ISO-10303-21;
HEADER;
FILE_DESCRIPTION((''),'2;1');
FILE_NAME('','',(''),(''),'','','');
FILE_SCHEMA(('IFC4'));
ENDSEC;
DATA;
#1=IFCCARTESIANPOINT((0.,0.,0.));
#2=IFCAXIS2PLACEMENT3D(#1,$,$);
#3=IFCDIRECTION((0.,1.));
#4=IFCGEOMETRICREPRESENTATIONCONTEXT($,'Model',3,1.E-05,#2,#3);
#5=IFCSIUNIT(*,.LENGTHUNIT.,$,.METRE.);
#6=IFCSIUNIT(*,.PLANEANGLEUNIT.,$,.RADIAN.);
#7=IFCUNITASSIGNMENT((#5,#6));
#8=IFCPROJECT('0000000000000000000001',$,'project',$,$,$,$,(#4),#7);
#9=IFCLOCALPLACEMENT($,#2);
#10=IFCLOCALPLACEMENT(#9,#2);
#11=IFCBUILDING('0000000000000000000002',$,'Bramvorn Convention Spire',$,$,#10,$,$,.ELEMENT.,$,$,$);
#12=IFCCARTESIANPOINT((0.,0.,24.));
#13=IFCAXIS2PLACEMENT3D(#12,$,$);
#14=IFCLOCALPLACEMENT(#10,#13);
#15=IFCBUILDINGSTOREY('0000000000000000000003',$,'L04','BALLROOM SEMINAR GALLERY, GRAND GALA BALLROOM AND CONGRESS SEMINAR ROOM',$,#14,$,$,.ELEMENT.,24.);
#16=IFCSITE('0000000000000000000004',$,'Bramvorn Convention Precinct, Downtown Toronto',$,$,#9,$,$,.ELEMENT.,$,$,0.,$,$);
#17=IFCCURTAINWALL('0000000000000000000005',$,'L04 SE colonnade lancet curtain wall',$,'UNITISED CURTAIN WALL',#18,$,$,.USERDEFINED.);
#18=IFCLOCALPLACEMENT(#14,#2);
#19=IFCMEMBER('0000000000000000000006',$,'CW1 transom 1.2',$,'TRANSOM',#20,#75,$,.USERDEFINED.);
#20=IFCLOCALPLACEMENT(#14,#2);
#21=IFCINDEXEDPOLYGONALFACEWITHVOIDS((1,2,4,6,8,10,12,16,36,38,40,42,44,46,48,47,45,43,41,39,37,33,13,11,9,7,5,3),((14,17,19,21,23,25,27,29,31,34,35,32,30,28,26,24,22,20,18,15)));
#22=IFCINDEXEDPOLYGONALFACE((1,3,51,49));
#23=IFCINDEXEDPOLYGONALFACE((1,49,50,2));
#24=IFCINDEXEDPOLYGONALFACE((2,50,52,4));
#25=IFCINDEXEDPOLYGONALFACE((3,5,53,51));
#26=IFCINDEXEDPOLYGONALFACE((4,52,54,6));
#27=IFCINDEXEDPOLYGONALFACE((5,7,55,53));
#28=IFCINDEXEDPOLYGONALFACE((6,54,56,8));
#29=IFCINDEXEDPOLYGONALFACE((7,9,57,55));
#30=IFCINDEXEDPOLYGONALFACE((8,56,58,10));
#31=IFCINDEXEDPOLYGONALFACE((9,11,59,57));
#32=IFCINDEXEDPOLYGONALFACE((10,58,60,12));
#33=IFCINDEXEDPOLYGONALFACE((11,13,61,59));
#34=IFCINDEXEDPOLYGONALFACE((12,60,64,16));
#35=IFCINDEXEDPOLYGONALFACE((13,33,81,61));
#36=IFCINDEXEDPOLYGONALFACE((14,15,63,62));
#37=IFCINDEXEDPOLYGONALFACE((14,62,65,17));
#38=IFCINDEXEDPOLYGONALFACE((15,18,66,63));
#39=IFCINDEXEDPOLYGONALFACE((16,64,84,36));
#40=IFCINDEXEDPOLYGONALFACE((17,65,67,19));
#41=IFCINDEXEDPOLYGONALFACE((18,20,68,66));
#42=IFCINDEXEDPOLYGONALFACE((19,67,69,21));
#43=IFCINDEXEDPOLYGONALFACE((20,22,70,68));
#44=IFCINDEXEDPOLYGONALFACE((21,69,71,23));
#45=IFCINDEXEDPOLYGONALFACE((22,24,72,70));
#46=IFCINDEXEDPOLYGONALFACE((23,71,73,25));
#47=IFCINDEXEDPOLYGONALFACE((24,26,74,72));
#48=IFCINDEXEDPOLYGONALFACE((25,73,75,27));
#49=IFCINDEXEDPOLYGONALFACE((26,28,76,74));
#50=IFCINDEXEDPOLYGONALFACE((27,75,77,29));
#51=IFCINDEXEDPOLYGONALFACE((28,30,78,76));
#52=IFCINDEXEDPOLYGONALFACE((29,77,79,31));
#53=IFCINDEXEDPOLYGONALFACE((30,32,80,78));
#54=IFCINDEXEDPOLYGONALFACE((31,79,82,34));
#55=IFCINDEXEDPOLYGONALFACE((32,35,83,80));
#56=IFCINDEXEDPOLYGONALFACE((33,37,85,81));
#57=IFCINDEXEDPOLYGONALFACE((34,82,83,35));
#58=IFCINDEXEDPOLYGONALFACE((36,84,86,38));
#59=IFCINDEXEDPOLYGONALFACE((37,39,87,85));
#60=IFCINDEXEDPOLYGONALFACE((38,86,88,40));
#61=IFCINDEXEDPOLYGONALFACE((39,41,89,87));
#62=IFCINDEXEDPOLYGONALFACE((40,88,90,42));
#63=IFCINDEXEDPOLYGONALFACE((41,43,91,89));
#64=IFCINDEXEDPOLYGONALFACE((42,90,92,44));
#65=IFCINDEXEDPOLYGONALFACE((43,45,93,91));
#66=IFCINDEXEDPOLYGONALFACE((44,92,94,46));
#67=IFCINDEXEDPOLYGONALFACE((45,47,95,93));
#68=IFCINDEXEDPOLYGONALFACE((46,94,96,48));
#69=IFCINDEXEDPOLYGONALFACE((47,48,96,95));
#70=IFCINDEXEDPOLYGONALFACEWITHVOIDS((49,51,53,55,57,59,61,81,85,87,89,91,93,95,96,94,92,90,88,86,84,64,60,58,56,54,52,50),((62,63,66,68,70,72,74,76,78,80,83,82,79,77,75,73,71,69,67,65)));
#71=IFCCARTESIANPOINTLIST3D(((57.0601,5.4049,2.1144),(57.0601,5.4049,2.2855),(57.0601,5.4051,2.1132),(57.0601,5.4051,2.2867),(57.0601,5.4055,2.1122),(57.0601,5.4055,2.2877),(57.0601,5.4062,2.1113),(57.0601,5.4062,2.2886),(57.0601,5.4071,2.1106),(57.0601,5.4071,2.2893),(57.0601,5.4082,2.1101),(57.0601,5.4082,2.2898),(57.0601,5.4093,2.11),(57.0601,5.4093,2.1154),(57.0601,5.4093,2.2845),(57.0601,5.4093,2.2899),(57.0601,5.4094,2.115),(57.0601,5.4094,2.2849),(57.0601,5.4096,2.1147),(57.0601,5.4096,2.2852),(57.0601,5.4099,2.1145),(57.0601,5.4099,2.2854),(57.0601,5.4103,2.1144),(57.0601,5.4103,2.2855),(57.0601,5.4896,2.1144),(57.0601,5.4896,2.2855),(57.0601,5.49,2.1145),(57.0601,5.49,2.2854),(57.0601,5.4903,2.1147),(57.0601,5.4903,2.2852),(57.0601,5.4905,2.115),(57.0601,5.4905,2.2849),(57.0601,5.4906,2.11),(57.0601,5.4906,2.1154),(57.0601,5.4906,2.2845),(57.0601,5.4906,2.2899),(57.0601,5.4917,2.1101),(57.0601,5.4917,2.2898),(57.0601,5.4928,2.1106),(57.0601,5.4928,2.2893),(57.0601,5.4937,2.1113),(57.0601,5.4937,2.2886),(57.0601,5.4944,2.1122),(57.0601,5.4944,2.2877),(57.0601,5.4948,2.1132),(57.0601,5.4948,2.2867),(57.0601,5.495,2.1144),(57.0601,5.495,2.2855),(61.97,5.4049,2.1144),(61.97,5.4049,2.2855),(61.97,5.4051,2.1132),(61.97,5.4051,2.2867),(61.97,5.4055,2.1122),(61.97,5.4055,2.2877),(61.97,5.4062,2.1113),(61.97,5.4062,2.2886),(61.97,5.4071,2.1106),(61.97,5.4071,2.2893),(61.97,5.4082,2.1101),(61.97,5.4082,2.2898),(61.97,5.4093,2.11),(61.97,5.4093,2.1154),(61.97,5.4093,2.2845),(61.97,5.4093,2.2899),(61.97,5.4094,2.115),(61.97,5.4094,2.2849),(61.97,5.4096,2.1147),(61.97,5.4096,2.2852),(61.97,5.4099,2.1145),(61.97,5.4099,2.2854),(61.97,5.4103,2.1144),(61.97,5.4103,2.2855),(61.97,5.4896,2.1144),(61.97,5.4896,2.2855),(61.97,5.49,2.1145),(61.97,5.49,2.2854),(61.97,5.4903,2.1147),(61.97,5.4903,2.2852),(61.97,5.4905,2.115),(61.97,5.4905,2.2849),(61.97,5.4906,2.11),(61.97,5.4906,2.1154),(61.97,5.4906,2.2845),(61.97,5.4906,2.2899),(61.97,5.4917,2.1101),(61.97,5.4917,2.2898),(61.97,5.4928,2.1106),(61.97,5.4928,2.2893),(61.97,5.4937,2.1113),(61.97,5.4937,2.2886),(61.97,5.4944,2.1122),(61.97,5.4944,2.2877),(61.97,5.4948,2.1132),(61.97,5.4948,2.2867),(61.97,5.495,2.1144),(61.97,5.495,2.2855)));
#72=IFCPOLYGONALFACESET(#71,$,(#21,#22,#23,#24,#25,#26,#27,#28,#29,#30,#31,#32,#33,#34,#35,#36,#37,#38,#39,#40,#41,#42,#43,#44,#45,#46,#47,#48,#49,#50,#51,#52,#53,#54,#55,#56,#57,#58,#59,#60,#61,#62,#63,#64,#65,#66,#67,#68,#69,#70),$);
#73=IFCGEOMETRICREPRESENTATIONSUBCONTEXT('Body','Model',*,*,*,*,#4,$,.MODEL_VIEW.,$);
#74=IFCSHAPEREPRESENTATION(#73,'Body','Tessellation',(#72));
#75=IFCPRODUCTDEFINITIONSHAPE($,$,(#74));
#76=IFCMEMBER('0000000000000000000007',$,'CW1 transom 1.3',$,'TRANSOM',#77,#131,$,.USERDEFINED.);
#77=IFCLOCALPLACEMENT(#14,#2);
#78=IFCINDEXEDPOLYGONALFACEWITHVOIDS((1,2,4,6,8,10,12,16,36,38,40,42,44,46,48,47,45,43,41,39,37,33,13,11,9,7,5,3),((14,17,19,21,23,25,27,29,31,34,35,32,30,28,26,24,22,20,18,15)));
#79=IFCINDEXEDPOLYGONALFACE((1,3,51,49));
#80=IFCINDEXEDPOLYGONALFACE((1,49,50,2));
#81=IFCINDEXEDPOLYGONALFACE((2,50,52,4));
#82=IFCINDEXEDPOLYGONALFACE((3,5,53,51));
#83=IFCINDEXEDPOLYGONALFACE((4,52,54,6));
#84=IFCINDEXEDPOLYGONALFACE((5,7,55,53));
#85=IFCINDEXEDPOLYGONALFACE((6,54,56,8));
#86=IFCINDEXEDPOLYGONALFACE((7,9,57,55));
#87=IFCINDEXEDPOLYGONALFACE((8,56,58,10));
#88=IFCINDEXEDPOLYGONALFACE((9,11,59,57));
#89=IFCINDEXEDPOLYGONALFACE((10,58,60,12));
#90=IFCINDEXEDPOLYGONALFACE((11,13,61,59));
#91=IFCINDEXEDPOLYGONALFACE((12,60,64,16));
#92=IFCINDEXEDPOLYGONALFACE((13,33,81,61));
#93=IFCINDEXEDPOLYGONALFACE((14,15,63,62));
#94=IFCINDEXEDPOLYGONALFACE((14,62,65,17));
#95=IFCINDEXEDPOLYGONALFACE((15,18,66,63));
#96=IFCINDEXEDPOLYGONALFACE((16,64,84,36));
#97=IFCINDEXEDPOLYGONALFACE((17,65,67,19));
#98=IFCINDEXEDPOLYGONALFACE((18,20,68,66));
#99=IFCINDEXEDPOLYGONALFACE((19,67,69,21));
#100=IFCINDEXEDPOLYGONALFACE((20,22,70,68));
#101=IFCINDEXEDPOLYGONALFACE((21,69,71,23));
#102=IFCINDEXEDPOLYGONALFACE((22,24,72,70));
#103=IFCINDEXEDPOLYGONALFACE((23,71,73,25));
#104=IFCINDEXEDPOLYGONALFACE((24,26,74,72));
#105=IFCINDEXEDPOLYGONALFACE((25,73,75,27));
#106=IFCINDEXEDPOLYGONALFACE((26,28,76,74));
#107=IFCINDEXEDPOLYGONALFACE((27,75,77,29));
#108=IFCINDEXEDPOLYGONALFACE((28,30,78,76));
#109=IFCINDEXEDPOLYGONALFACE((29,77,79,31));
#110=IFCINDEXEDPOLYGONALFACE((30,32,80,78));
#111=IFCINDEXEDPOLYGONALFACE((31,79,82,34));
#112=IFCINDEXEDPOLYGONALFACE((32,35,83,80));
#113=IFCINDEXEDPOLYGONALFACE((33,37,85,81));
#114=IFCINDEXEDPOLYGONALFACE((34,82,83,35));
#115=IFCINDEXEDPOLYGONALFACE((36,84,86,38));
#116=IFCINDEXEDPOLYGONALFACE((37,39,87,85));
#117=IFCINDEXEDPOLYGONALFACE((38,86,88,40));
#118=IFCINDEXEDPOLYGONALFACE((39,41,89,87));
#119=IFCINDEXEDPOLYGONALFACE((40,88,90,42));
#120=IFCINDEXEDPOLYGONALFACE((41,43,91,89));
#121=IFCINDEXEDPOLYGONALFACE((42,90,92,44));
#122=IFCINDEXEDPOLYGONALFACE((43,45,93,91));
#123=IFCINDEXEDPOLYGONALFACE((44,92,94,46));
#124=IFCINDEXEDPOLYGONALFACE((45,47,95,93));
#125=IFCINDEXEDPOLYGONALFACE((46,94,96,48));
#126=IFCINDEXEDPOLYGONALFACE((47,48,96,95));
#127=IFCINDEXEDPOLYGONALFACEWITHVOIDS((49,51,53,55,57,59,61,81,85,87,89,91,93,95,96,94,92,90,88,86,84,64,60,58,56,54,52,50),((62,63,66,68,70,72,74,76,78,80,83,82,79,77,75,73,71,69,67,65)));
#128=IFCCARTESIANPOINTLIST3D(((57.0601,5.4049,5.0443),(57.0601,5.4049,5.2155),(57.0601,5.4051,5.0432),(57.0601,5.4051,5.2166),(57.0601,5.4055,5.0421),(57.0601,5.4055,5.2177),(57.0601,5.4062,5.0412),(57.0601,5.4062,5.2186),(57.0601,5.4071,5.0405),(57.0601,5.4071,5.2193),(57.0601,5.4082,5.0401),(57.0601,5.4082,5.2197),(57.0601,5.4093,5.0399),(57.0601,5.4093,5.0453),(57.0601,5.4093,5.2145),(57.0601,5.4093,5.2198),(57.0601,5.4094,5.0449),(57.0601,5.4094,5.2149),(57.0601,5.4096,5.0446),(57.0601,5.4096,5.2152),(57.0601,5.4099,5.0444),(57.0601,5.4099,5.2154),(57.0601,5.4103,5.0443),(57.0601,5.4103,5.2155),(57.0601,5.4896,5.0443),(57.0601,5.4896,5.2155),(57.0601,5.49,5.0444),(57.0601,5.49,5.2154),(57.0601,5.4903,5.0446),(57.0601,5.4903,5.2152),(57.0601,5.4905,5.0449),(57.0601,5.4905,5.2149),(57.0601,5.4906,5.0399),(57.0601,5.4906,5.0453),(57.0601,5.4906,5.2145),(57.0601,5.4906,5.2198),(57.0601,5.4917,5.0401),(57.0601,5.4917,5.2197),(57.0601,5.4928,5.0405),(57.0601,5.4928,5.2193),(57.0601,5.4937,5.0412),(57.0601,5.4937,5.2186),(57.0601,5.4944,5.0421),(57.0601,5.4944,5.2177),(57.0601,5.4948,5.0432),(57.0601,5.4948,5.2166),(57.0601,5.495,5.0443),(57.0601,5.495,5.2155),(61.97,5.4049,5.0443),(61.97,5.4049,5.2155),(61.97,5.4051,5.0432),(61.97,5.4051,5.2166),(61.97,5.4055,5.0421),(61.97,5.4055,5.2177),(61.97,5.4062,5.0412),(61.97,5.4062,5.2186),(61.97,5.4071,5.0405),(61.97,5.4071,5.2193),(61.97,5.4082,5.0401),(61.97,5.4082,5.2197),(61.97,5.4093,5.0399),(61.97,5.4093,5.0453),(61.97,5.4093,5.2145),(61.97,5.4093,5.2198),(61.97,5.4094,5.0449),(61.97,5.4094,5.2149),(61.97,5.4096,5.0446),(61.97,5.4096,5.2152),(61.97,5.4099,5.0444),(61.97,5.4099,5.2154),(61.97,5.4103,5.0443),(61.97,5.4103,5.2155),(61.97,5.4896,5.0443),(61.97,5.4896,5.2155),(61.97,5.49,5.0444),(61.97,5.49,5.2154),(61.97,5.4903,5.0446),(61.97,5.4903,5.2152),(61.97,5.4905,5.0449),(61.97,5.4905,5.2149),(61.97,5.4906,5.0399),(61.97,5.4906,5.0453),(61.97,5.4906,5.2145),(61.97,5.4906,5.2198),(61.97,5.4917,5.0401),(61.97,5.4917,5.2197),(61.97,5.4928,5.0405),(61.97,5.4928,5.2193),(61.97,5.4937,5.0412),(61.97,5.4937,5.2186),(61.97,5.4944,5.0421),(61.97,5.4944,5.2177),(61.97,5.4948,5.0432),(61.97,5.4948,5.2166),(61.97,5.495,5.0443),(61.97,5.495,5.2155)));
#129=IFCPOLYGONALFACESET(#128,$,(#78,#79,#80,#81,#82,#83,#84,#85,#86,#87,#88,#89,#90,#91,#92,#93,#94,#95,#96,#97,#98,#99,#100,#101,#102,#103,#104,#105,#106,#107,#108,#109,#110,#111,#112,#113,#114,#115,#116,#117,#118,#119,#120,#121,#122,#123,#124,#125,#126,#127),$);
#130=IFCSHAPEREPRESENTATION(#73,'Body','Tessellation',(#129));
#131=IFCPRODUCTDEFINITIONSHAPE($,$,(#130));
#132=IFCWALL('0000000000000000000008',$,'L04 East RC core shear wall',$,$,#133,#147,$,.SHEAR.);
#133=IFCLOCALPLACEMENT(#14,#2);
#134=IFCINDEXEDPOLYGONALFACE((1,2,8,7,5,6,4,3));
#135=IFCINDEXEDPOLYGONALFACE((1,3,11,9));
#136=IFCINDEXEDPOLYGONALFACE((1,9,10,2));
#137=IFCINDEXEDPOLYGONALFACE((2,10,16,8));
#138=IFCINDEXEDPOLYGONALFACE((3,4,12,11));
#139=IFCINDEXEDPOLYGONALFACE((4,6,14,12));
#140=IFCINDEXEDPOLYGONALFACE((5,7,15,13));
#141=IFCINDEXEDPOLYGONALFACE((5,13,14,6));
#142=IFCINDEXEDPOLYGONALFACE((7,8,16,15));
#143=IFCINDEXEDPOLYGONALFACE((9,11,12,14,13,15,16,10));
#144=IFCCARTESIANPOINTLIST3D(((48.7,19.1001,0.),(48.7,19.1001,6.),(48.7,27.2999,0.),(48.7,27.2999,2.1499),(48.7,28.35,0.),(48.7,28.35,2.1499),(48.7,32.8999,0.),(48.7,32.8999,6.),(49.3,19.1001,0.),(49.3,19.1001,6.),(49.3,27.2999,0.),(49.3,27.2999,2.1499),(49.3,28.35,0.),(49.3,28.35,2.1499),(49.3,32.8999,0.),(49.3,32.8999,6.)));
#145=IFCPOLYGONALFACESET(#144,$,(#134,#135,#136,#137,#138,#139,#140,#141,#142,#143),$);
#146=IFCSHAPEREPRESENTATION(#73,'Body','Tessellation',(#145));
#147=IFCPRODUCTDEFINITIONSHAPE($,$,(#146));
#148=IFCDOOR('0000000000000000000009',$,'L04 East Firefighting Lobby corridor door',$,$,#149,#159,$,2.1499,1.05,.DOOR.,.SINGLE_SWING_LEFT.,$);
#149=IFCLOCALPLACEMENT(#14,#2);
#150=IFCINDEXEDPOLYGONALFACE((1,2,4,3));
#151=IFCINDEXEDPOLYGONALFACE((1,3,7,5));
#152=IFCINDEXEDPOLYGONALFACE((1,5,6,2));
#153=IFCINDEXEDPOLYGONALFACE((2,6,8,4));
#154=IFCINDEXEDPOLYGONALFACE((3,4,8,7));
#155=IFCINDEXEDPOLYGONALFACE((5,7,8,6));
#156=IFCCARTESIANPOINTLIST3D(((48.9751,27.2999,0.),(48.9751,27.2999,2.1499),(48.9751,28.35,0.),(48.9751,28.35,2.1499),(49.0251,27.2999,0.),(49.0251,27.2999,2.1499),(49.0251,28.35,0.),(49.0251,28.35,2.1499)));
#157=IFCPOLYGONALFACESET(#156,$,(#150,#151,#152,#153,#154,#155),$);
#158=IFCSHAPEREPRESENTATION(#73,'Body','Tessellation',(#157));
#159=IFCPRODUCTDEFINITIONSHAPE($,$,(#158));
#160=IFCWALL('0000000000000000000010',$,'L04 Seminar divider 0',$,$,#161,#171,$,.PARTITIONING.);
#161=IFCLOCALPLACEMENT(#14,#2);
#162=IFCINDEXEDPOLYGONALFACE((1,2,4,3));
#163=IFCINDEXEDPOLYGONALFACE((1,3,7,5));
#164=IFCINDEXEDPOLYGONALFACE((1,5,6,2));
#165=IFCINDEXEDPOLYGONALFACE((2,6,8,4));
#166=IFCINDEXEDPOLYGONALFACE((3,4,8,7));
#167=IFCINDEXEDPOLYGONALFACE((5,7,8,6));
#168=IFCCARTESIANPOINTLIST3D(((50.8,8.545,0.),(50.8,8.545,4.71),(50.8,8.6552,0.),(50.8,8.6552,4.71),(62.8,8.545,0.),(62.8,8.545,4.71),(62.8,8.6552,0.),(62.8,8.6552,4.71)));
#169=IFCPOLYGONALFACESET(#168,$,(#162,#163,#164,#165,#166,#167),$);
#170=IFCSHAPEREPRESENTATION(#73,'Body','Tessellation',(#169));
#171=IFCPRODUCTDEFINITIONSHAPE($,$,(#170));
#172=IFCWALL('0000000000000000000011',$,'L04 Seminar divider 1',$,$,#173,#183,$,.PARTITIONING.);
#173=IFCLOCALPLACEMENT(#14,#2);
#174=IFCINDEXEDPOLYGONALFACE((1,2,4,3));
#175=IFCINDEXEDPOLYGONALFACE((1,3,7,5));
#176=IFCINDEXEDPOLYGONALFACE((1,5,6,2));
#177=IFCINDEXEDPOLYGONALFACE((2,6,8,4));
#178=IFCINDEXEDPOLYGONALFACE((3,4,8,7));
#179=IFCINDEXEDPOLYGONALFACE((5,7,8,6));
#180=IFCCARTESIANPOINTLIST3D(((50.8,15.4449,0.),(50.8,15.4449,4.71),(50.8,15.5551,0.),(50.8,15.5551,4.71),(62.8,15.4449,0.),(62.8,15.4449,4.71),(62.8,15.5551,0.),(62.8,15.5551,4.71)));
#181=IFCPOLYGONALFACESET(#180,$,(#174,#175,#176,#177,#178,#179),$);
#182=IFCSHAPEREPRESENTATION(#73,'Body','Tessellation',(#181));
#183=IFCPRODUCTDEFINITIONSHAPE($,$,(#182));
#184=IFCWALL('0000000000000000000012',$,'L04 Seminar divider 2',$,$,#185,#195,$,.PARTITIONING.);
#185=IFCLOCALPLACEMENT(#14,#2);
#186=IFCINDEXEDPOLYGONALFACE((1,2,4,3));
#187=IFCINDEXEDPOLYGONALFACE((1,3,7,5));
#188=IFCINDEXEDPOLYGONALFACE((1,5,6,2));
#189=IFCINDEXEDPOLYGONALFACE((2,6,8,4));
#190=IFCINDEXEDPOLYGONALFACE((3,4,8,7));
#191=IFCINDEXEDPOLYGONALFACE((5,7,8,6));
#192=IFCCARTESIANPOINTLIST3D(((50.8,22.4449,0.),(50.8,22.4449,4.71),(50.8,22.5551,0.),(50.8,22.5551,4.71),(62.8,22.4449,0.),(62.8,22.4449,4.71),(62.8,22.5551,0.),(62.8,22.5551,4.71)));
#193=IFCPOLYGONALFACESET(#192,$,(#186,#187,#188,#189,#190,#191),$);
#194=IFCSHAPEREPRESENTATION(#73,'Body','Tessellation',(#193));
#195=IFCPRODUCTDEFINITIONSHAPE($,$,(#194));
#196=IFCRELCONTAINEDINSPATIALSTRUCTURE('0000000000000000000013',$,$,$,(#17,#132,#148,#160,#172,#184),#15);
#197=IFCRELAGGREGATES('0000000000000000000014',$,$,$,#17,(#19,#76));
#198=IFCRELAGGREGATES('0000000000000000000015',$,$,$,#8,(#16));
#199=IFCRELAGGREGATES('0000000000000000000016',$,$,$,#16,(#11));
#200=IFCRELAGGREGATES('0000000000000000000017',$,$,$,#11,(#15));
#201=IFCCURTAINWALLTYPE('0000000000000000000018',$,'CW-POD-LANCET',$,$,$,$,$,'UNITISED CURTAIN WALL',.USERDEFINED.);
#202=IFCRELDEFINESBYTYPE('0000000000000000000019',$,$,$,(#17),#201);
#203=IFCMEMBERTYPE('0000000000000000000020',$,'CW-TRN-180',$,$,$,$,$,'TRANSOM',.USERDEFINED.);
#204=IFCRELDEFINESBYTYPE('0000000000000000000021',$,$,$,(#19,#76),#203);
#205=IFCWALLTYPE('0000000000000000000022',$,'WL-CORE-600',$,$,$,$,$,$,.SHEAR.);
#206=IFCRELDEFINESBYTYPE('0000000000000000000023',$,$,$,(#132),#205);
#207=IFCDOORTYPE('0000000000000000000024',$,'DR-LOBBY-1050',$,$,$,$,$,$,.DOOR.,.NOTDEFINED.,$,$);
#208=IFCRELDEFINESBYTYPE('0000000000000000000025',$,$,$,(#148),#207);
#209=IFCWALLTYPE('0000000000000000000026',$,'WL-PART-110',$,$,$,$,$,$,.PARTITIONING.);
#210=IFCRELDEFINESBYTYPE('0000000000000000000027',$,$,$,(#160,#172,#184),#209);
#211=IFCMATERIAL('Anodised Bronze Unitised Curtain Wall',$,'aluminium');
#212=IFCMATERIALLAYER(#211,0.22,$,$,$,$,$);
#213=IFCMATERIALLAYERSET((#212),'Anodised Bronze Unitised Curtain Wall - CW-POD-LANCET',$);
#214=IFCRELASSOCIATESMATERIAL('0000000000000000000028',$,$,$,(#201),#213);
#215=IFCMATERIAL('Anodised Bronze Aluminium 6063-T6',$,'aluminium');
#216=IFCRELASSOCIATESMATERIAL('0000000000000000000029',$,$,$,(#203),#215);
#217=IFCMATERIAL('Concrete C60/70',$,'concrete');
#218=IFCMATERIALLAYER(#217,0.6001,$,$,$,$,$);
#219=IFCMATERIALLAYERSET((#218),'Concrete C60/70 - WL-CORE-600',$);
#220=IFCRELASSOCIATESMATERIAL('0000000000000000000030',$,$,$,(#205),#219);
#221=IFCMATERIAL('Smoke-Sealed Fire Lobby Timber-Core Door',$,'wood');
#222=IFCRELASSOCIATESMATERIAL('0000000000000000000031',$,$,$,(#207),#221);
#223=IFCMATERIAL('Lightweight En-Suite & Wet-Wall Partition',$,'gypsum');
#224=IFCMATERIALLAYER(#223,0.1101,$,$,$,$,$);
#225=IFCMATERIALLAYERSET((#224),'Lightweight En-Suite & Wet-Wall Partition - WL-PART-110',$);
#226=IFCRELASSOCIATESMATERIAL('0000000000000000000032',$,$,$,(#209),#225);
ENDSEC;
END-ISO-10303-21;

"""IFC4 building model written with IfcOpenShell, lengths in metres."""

from ifc_helpers import new_model, si_unit, direction, frame, frame_2d, origin, origin_2d, place, context, subcontext, project, spatial, rectangle, hollow_rectangle, extrude, material, layer, layer_set, material_profile, profile_set, type_object, element, fill, aggregate, save


model = new_model("IFC4")

# Units and contexts
model_context = context("Model", 3, precision=1e-05, world=origin(), true_north=direction((0.0, 1.0)))
body_context = subcontext(model_context, "Body", "Model", "MODEL_VIEW")
ifc_project = project(units=[si_unit("LENGTHUNIT", "METRE"), si_unit("PLANEANGLEUNIT", "RADIAN")], contexts=[model_context])

# Site, building, storey
site_placement = place(None, origin())
site = spatial("IfcSite", under=ifc_project, at=site_placement, Name="Bramvorn Convention Precinct, Downtown Toronto", CompositionType="ELEMENT", RefElevation=0.0)
building_placement = place(site_placement, origin())
building = spatial("IfcBuilding", under=site, at=building_placement, Name="Bramvorn Convention Spire", CompositionType="ELEMENT")
storey_placement = place(building_placement, frame((0.0, 0.0, 24.0)))
storey = spatial("IfcBuildingStorey", under=building, at=storey_placement, Name="L04", Description="BALLROOM SEMINAR GALLERY, GRAND GALA BALLROOM AND CONGRESS SEMINAR ROOM", CompositionType="ELEMENT", Elevation=24.0)

# Shared definitions
ifc_material_1 = material(Name="Concrete C60/70", Category="concrete")

# Curtain wall, members
ifc_material_2 = material(Name="Anodised Bronze Unitised Curtain Wall", Category="aluminium")
ifc_layer_1 = layer(ifc_material_2, 0.22)
ifc_layer_set_1 = layer_set([ifc_layer_1], Name="Anodised Bronze Unitised Curtain Wall - CW-POD-LANCET")
curtain_wall_type = type_object("IfcCurtainWallType", Name="CW-POD-LANCET", ElementType="UNITISED CURTAIN WALL", PredefinedType="USERDEFINED", material=ifc_layer_set_1)
curtain_wall_placement = place(storey_placement, origin())
curtain_wall = element("IfcCurtainWall", 1, at=curtain_wall_placement, inside=storey, type_object=curtain_wall_type, Name="L04 SE colonnade lancet curtain wall", ObjectType="UNITISED CURTAIN WALL", PredefinedType="USERDEFINED")
ifc_material_3 = material(Name="Anodised Bronze Aluminium 6063-T6", Category="aluminium")
ifc_material_profile_1 = material_profile(ifc_material_3, hollow_rectangle(XDim=0.0901, YDim=0.1799, WallThickness=0.0044, InnerFilletRadius=0.001, OuterFilletRadius=0.0044, at=origin_2d()))
ifc_profile_set_1 = profile_set([ifc_material_profile_1], Name="Anodised Bronze Aluminium 6063-T6 - CWT90X180")
member_type_1 = type_object("IfcMemberType", Name="CW-TRN-180", ElementType="TRANSOM", PredefinedType="USERDEFINED", material=ifc_profile_set_1)
member_1_placement = place(storey_placement, frame((57.0601, 5.45, 2.2), z_axis=(1.0, 0.0, 0.0), x_axis=(0.0, 1.0, 0.0)))
member_1 = element("IfcMember", 2, at=member_1_placement, type_object=member_type_1, Name="CW1 transom 1.2", ObjectType="TRANSOM", PredefinedType="USERDEFINED", context=body_context, shape_type="SweptSolid", body=[
    extrude(hollow_rectangle(XDim=0.0901, YDim=0.1799, WallThickness=0.0044, InnerFilletRadius=0.001, OuterFilletRadius=0.0044, at=origin_2d()), origin(), (0.0, 0.0, 1.0), 4.9099),
])
member_2_placement = place(storey_placement, frame((57.0601, 5.45, 5.1299), z_axis=(1.0, 0.0, 0.0), x_axis=(0.0, 1.0, 0.0)))
member_2 = element("IfcMember", 3, at=member_2_placement, type_object=member_type_1, Name="CW1 transom 1.3", ObjectType="TRANSOM", PredefinedType="USERDEFINED", context=body_context, shape_type="SweptSolid", body=[
    extrude(hollow_rectangle(XDim=0.0901, YDim=0.1799, WallThickness=0.0044, InnerFilletRadius=0.001, OuterFilletRadius=0.0044, at=origin_2d()), origin(), (0.0, 0.0, 1.0), 4.9099),
])
aggregate(curtain_wall, [member_1, member_2])

# Wall, opening, door
ifc_layer_2 = layer(ifc_material_1, 0.6001)
ifc_layer_set_2 = layer_set([ifc_layer_2], Name="Concrete C60/70 - WL-CORE-600")
wall_type_1 = type_object("IfcWallType", Name="WL-CORE-600", PredefinedType="SHEAR", material=ifc_layer_set_2)
wall_1_placement = place(storey_placement, frame((49.0, 19.1001, 0.0), z_axis=(0.0, 0.0, 1.0), x_axis=(0.0, 1.0, 0.0)))
wall_1 = element("IfcWall", 4, at=wall_1_placement, inside=storey, type_object=wall_type_1, Name="L04 East RC core shear wall", PredefinedType="SHEAR", context=body_context, shape_type="SweptSolid", body=[
    extrude(rectangle(XDim=13.7998, YDim=0.6001, at=frame_2d((6.8999, 0.0))), origin(), (0.0, 0.0, 1.0), 6.0),
])
opening_1_placement = place(wall_1_placement, frame((8.2, 0.0, 0.0)))
opening_1 = element("IfcOpeningElement", 5, at=opening_1_placement, cuts=wall_1, PredefinedType="OPENING", context=body_context, shape_type="SweptSolid", body=[
    extrude(rectangle(XDim=1.05, YDim=2.1499, at=frame_2d((0.5249, 1.075))), frame((0.0, 0.3101, 0.0), z_axis=(0.0, -1.0, 0.0), x_axis=(1.0, 0.0, 0.0)), (0.0, 0.0, 1.0), 0.6201),
])
ifc_material_4 = material(Name="Smoke-Sealed Fire Lobby Timber-Core Door", Category="wood")
door_type_1 = type_object("IfcDoorType", Name="DR-LOBBY-1050", OperationType="NOTDEFINED", PredefinedType="DOOR", material=ifc_material_4)
door_1_placement = place(opening_1_placement, origin())
door_1 = element("IfcDoor", 6, at=door_1_placement, inside=storey, type_object=door_type_1, Name="L04 East Firefighting Lobby corridor door", OperationType="SINGLE_SWING_LEFT", OverallHeight=2.1499, OverallWidth=1.05, PredefinedType="DOOR", context=body_context, shape_type="SweptSolid", body=[
    extrude(rectangle(XDim=1.05, YDim=2.1499, at=frame_2d((0.5249, 1.075))), frame((0.0, 0.0249, 0.0), z_axis=(0.0, -1.0, 0.0), x_axis=(1.0, 0.0, 0.0)), (0.0, 0.0, 1.0), 0.05),
])
fill(opening_1, door_1)

# Walls
ifc_material_5 = material(Name="Lightweight En-Suite & Wet-Wall Partition", Category="gypsum")
ifc_layer_3 = layer(ifc_material_5, 0.1101)
ifc_layer_set_3 = layer_set([ifc_layer_3], Name="Lightweight En-Suite & Wet-Wall Partition - WL-PART-110")
wall_type_2 = type_object("IfcWallType", Name="WL-PART-110", PredefinedType="PARTITIONING", material=ifc_layer_set_3)
for number, where, z_axis, x_axis, name in (
    (7, (50.8, 8.6001, 0.0), (0.0, 0.0, 1.0), (1.0, 0.0, 0.0), "L04 Seminar divider 0"),
    (8, (50.8, 15.5, 0.0), (0.0, 0.0, 1.0), (1.0, 0.0, 0.0), "L04 Seminar divider 1"),
    (9, (50.8, 22.5, 0.0), (0.0, 0.0, 1.0), (1.0, 0.0, 0.0), "L04 Seminar divider 2"),
):
    element("IfcWall", number, at=place(storey_placement, frame(where, z_axis=z_axis, x_axis=x_axis)), inside=storey, type_object=wall_type_2, Name=name, PredefinedType="PARTITIONING", context=body_context, shape_type="SweptSolid", body=[
        extrude(rectangle(XDim=12.0, YDim=0.1101, at=frame_2d((6.0, 0.0))), origin(), (0.0, 0.0, 1.0), 4.71),
    ])

save(model, "model.ifc")
